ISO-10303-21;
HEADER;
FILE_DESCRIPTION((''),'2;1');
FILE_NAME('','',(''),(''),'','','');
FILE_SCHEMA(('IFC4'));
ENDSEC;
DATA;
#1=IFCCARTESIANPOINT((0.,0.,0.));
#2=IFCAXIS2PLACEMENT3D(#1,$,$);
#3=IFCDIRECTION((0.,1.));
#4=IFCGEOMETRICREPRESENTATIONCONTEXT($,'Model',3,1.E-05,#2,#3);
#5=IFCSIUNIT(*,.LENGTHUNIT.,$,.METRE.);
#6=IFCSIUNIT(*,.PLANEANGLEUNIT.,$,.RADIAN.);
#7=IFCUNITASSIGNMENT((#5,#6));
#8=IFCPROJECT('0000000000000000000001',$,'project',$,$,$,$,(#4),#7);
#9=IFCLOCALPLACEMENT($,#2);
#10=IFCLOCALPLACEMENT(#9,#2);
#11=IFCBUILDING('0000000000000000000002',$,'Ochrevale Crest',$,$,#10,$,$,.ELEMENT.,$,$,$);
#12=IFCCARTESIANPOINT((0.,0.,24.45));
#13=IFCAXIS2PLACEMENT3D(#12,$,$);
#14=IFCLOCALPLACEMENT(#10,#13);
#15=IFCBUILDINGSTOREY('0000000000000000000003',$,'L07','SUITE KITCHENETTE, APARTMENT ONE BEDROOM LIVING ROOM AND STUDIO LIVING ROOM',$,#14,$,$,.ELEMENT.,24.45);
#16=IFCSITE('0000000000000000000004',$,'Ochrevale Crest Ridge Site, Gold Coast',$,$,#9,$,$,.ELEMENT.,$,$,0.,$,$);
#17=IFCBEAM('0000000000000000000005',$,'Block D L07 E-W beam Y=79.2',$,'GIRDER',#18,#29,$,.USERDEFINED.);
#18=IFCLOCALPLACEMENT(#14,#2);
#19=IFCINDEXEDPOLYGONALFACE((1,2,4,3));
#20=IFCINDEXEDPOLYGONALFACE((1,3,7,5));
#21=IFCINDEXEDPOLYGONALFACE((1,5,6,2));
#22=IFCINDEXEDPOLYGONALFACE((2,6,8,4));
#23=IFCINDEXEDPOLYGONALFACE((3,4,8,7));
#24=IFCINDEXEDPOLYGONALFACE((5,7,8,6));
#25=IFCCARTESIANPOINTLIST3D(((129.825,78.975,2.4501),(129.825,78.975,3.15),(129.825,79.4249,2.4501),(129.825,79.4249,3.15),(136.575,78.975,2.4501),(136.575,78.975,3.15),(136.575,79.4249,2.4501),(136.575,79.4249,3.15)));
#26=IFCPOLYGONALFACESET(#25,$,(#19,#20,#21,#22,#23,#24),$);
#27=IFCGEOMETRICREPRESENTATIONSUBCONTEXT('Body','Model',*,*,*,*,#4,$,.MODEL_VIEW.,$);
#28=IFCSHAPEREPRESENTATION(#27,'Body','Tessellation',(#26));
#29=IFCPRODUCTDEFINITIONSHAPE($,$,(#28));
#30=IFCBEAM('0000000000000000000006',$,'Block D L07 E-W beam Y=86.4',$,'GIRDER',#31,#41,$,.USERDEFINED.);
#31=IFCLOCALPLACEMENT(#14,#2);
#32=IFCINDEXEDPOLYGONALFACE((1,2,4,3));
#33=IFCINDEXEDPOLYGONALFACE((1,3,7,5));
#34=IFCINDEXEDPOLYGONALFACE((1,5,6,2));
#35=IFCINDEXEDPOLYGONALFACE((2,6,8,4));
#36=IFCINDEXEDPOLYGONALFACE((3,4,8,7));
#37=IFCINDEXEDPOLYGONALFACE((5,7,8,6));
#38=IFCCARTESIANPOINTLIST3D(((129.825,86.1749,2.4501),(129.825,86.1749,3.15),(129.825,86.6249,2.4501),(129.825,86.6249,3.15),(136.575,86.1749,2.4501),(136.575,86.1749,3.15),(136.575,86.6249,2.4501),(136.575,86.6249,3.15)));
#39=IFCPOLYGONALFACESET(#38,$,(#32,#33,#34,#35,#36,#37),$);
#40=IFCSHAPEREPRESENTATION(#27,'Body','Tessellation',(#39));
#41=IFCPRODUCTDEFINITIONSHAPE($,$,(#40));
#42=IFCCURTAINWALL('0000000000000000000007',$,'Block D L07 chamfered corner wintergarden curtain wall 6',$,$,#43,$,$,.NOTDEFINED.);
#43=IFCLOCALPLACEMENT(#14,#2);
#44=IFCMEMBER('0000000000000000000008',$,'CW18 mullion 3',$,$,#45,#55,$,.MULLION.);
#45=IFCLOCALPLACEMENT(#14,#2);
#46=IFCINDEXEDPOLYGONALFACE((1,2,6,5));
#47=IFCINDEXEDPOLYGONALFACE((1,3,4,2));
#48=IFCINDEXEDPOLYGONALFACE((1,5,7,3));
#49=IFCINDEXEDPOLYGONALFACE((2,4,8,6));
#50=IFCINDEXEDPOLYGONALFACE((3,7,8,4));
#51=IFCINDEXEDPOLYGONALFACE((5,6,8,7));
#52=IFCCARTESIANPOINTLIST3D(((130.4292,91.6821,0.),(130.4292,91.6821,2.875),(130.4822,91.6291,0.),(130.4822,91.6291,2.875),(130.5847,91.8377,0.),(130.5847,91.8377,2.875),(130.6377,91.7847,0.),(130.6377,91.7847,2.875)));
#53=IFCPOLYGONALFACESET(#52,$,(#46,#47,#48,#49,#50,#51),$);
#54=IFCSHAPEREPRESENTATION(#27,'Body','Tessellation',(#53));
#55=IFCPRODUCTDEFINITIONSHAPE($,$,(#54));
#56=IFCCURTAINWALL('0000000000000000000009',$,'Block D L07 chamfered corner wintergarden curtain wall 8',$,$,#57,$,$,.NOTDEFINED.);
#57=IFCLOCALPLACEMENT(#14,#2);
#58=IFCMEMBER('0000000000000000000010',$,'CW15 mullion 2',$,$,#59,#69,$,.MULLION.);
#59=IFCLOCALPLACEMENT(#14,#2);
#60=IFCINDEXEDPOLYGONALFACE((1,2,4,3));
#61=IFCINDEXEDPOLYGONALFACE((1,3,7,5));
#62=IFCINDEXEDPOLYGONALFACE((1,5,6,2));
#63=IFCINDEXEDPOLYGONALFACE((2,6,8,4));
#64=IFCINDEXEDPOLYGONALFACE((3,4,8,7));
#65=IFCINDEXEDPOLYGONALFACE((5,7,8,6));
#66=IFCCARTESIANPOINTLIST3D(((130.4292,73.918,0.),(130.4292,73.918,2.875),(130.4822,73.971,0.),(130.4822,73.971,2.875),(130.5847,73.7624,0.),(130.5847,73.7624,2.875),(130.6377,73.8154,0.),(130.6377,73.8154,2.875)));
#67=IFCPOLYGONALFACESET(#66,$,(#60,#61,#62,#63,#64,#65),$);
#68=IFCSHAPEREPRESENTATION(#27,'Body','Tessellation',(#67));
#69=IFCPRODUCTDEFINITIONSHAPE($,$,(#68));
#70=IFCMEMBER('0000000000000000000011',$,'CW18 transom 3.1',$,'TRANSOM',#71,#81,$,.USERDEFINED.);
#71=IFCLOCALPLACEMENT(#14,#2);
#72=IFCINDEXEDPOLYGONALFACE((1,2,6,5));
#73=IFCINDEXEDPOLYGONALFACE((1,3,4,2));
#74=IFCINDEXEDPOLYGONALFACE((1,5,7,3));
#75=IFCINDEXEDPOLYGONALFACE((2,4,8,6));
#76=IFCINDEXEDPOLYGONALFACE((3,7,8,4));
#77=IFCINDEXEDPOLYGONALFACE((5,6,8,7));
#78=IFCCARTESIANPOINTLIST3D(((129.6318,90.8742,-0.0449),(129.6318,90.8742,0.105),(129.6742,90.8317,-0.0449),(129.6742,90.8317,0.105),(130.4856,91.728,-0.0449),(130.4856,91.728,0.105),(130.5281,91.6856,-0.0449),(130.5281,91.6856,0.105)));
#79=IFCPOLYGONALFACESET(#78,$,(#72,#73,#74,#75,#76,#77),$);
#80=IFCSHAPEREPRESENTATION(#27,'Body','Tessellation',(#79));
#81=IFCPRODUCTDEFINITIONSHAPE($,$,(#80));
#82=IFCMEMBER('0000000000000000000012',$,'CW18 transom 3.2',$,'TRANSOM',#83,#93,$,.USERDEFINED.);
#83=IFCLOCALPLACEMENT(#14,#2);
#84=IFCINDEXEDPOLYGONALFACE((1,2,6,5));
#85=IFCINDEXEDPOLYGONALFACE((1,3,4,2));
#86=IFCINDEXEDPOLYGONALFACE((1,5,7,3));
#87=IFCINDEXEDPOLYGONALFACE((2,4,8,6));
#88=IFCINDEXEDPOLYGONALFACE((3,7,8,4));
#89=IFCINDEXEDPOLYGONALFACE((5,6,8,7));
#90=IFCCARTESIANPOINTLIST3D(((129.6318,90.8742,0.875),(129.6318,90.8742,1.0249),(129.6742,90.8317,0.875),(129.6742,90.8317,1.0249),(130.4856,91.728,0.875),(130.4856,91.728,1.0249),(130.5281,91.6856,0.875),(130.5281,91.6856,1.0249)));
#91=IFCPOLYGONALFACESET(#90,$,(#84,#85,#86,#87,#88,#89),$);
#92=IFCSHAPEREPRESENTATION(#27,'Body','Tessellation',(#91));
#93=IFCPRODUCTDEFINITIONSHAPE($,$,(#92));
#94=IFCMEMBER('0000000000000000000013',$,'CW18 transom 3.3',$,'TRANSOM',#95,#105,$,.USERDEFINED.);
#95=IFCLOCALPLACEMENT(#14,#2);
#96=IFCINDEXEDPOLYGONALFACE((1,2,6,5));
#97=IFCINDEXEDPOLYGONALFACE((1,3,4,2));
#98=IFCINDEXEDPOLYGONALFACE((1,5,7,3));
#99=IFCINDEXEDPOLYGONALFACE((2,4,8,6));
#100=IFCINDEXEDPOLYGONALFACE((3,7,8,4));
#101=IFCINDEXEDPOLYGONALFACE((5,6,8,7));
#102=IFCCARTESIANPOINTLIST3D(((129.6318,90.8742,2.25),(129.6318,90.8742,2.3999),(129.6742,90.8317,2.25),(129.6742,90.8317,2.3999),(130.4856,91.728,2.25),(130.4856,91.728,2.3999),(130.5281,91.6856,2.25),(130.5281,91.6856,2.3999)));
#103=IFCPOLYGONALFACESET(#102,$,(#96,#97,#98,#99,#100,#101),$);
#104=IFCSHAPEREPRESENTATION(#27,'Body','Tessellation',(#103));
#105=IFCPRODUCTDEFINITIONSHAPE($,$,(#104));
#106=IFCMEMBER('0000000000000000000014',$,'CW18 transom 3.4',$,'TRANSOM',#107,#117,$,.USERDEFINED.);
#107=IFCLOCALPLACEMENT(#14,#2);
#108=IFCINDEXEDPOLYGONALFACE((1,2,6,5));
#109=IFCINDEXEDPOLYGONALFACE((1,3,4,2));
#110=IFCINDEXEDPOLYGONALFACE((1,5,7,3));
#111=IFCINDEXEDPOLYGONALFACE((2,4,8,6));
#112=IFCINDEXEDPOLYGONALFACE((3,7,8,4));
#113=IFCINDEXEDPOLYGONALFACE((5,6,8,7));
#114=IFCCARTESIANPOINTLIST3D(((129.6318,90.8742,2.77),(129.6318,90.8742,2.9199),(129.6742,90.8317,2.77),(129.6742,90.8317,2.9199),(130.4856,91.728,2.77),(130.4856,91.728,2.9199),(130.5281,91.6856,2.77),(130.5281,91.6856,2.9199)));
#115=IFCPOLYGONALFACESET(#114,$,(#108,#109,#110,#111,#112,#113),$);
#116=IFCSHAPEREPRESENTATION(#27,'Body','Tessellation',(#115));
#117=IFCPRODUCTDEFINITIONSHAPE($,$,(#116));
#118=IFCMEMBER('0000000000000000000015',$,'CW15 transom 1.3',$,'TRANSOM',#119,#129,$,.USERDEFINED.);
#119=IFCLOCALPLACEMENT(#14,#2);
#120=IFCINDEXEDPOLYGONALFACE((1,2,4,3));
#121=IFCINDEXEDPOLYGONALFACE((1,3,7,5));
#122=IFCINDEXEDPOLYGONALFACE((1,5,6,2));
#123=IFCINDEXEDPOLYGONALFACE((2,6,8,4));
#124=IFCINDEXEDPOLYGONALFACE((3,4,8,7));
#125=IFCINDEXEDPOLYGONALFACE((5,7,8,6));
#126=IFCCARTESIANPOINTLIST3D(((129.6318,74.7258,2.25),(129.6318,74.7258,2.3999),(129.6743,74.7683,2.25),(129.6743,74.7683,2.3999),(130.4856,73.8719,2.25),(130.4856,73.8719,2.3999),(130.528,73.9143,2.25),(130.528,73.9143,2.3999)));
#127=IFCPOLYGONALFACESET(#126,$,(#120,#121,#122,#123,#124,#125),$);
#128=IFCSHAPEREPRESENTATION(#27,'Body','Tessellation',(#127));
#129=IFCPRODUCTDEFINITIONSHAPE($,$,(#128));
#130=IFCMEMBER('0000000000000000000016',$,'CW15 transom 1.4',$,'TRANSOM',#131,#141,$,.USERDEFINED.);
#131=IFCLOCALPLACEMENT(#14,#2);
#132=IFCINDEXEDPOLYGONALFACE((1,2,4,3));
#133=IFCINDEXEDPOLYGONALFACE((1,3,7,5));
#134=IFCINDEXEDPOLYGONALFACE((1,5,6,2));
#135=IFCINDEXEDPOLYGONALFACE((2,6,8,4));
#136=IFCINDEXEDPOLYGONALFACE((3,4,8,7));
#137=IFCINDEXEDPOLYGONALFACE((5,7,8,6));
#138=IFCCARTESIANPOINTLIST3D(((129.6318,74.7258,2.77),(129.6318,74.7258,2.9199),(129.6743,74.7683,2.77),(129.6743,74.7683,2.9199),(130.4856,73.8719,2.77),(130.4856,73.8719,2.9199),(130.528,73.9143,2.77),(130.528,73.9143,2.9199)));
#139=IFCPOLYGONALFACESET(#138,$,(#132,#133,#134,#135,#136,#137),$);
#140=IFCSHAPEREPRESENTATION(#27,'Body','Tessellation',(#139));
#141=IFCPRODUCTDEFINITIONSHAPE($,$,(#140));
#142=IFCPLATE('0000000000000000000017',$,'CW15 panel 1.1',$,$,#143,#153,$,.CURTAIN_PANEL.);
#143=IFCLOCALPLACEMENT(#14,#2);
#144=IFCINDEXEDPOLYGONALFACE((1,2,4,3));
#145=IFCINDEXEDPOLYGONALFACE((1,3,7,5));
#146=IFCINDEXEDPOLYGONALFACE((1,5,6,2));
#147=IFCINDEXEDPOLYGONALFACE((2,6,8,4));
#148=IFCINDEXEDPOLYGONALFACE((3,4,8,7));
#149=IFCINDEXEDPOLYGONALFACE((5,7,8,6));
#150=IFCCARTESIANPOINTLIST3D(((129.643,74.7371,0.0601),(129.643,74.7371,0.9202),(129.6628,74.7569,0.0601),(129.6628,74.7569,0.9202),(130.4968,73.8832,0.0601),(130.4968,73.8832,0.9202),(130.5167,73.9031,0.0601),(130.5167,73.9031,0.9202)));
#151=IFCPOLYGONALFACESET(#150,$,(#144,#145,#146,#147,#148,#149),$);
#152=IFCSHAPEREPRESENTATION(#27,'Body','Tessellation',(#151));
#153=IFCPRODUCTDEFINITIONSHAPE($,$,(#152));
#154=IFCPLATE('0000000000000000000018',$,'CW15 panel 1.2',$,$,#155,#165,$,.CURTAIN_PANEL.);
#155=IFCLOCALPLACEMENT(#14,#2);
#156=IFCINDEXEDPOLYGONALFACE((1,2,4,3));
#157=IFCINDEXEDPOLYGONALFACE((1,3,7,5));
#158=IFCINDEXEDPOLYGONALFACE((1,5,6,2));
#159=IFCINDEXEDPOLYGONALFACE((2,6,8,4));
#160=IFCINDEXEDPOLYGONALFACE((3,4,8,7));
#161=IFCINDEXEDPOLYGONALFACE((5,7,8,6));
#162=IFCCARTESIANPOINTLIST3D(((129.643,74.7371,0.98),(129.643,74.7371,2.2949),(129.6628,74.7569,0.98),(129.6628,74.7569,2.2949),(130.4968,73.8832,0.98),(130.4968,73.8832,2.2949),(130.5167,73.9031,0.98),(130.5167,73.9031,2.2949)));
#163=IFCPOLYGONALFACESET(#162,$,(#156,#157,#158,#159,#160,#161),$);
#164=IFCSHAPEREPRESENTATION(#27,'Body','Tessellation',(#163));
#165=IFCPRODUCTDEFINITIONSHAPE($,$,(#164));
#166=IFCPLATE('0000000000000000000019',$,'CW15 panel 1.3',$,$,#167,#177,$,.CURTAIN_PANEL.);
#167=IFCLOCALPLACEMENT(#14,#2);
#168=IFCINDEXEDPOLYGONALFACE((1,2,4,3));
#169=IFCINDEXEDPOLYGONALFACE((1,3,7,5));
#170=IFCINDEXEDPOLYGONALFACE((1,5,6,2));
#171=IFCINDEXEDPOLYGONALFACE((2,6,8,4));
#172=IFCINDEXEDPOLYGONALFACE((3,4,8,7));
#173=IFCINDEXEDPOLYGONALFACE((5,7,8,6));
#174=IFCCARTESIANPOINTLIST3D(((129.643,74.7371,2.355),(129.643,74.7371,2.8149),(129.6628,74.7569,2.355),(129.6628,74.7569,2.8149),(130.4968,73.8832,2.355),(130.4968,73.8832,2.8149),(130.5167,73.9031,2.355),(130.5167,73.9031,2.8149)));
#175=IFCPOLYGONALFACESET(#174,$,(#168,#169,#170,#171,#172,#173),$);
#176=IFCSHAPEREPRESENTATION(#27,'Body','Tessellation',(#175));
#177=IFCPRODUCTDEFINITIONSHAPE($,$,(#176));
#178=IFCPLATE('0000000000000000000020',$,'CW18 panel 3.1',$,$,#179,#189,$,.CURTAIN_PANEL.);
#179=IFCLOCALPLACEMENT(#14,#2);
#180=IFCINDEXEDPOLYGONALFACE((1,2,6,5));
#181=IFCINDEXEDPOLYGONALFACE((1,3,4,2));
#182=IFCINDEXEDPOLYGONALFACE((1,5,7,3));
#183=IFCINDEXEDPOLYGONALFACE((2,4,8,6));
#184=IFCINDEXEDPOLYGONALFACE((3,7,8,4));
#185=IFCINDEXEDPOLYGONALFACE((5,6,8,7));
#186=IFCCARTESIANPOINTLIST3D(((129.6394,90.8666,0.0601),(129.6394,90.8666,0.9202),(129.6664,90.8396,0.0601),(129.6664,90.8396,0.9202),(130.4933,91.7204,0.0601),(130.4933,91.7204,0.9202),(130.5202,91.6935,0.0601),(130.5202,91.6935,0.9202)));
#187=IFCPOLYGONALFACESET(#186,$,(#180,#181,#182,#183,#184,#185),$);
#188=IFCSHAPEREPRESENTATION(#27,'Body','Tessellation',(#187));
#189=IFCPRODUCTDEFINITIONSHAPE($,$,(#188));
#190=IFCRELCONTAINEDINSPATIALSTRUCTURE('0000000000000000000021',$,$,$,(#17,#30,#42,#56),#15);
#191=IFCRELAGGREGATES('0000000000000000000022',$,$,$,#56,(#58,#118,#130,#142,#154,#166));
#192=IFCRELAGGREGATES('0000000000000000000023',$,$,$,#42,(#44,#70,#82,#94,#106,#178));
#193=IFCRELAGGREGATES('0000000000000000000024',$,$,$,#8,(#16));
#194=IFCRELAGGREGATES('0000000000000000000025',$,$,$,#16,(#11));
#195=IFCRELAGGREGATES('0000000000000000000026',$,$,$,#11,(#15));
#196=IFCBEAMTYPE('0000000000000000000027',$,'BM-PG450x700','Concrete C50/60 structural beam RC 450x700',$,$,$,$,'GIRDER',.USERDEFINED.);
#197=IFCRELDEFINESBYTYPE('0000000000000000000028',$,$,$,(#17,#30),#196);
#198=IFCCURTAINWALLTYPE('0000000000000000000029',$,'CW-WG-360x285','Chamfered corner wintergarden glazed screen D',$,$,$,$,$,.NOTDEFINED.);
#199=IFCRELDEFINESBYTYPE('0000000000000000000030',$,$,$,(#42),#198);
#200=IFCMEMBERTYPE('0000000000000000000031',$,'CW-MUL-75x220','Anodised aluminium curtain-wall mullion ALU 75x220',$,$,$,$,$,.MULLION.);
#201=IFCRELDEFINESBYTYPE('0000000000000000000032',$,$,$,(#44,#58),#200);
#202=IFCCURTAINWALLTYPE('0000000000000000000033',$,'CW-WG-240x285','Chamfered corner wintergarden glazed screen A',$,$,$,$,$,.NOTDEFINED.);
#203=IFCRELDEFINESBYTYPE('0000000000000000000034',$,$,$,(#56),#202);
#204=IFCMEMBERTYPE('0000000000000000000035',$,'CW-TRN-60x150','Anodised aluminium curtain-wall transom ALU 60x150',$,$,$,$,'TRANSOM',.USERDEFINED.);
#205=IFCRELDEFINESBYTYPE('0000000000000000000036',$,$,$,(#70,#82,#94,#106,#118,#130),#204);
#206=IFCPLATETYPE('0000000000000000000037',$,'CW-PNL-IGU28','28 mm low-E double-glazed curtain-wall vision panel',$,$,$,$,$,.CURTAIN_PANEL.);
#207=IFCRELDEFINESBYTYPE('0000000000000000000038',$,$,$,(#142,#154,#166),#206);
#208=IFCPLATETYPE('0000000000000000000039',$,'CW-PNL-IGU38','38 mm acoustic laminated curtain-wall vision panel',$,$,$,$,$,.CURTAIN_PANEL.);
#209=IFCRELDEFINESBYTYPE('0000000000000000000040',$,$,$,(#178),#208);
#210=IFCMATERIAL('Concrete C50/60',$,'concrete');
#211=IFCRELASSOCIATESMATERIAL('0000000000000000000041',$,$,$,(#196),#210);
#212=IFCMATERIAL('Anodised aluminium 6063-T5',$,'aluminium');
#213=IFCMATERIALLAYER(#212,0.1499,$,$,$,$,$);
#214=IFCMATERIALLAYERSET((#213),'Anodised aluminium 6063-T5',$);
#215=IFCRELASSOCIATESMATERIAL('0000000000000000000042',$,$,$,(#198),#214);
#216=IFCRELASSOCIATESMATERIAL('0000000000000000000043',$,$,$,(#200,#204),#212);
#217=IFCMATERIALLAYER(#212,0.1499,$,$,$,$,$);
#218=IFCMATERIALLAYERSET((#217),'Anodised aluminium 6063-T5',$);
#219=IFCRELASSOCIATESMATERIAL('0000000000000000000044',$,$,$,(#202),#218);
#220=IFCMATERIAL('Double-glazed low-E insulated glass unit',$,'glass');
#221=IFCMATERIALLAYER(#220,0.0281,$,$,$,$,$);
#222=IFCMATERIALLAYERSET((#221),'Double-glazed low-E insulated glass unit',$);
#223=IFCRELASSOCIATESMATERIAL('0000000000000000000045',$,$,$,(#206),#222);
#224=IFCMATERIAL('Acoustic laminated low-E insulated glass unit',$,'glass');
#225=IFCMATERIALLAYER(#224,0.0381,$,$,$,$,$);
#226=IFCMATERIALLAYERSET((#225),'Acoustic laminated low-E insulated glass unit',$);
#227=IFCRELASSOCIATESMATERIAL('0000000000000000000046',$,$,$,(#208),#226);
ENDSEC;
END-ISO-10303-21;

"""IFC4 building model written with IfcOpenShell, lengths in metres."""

from ifc_helpers import new_model, si_unit, direction, frame, origin, origin_2d, place, context, subcontext, project, spatial, rectangle, extrude, material, layer, layer_set, material_profile, profile_set, type_object, element, aggregate, save


model = new_model("IFC4")

# Units and contexts
model_context = context("Model", 3, precision=1e-05, world=origin(), true_north=direction((0.0, 1.0)))
body_context = subcontext(model_context, "Body", "Model", "MODEL_VIEW")
ifc_project = project(units=[si_unit("LENGTHUNIT", "METRE"), si_unit("PLANEANGLEUNIT", "RADIAN")], contexts=[model_context])

# Site, building, storey
site_placement = place(None, origin())
site = spatial("IfcSite", under=ifc_project, at=site_placement, Name="Ochrevale Crest Ridge Site, Gold Coast", CompositionType="ELEMENT", RefElevation=0.0)
building_placement = place(site_placement, origin())
building = spatial("IfcBuilding", under=site, at=building_placement, Name="Ochrevale Crest", CompositionType="ELEMENT")
storey_placement = place(building_placement, frame((0.0, 0.0, 24.45)))
storey = spatial("IfcBuildingStorey", under=building, at=storey_placement, Name="L07", Description="SUITE KITCHENETTE, APARTMENT ONE BEDROOM LIVING ROOM AND STUDIO LIVING ROOM", CompositionType="ELEMENT", Elevation=24.45)

# Beams
ifc_material_1 = material(Name="Concrete C50/60", Category="concrete")
ifc_material_profile_1 = material_profile(ifc_material_1, rectangle(XDim=0.45, YDim=0.7, at=origin_2d()), Name="RC 450x700")
ifc_profile_set_1 = profile_set([ifc_material_profile_1], Name="Concrete C50/60")
beam_type = type_object("IfcBeamType", Name="BM-PG450x700", Description="Concrete C50/60 structural beam RC 450x700", ElementType="GIRDER", PredefinedType="USERDEFINED", material=ifc_profile_set_1)
for number, where, z_axis, x_axis, name in (
    (1, (129.825, 79.2, 2.8), (1.0, 0.0, 0.0), (0.0, 1.0, 0.0), "Block D L07 E-W beam Y=79.2"),
    (2, (129.825, 86.3999, 2.8), (1.0, 0.0, 0.0), (0.0, 1.0, 0.0), "Block D L07 E-W beam Y=86.4"),
):
    element("IfcBeam", number, at=place(storey_placement, frame(where, z_axis=z_axis, x_axis=x_axis)), inside=storey, type_object=beam_type, Name=name, ObjectType="GIRDER", PredefinedType="USERDEFINED", context=body_context, shape_type="SweptSolid", body=[
        extrude(rectangle(XDim=0.45, YDim=0.7, at=origin_2d()), origin(), (0.0, 0.0, 1.0), 6.75),
    ])

# Curtain walls, members
ifc_material_2 = material(Name="Anodised aluminium 6063-T5", Category="aluminium")
ifc_layer_1 = layer(ifc_material_2, 0.1499)
ifc_layer_set_1 = layer_set([ifc_layer_1], Name="Anodised aluminium 6063-T5")
curtain_wall_type_1 = type_object("IfcCurtainWallType", Name="CW-WG-360x285", Description="Chamfered corner wintergarden glazed screen D", PredefinedType="NOTDEFINED", material=ifc_layer_set_1)
curtain_wall_1_placement = place(storey_placement, origin())
curtain_wall_1 = element("IfcCurtainWall", 3, at=curtain_wall_1_placement, inside=storey, type_object=curtain_wall_type_1, Name="Block D L07 chamfered corner wintergarden curtain wall 6", PredefinedType="NOTDEFINED")
ifc_material_profile_2 = material_profile(ifc_material_2, rectangle(XDim=0.075, YDim=0.22, at=origin_2d()), Name="ALU 75x220")
ifc_profile_set_2 = profile_set([ifc_material_profile_2], Name="Anodised aluminium 6063-T5")
member_type_1 = type_object("IfcMemberType", Name="CW-MUL-75x220", Description="Anodised aluminium curtain-wall mullion ALU 75x220", PredefinedType="MULLION", material=ifc_profile_set_2)
member_1_placement = place(storey_placement, frame((130.5334, 91.7334, 0.0), z_axis=(0.0, 0.0, 1.0), x_axis=(0.707107, -0.707107, 0.0)))
member_1 = element("IfcMember", 4, at=member_1_placement, type_object=member_type_1, Name="CW18 mullion 3", PredefinedType="MULLION", context=body_context, shape_type="SweptSolid", body=[
    extrude(rectangle(XDim=0.075, YDim=0.22, at=origin_2d()), origin(), (0.0, 0.0, 1.0), 2.875),
])
ifc_layer_2 = layer(ifc_material_2, 0.1499)
ifc_layer_set_2 = layer_set([ifc_layer_2], Name="Anodised aluminium 6063-T5")
curtain_wall_type_2 = type_object("IfcCurtainWallType", Name="CW-WG-240x285", Description="Chamfered corner wintergarden glazed screen A", PredefinedType="NOTDEFINED", material=ifc_layer_set_2)
curtain_wall_2_placement = place(storey_placement, origin())
curtain_wall_2 = element("IfcCurtainWall", 5, at=curtain_wall_2_placement, inside=storey, type_object=curtain_wall_type_2, Name="Block D L07 chamfered corner wintergarden curtain wall 8", PredefinedType="NOTDEFINED")
member_2_placement = place(storey_placement, frame((130.5334, 73.8667, 0.0), z_axis=(0.0, 0.0, 1.0), x_axis=(0.707107, 0.707107, 0.0)))
member_2 = element("IfcMember", 6, at=member_2_placement, type_object=member_type_1, Name="CW15 mullion 2", PredefinedType="MULLION", context=body_context, shape_type="SweptSolid", body=[
    extrude(rectangle(XDim=0.075, YDim=0.22, at=origin_2d()), origin(), (0.0, 0.0, 1.0), 2.875),
])

# Members
ifc_material_profile_3 = material_profile(ifc_material_2, rectangle(XDim=0.0601, YDim=0.1499, at=origin_2d()), Name="ALU 60x150")
ifc_profile_set_3 = profile_set([ifc_material_profile_3], Name="Anodised aluminium 6063-T5")
member_type_2 = type_object("IfcMemberType", Name="CW-TRN-60x150", Description="Anodised aluminium curtain-wall transom ALU 60x150", ElementType="TRANSOM", PredefinedType="USERDEFINED", material=ifc_profile_set_3)
member_3_placement = place(storey_placement, frame((130.5068, 91.7068, 0.03), z_axis=(-0.707107, -0.707107, 0.0), x_axis=(0.707107, -0.707107, 0.0)))
member_3 = element("IfcMember", 7, at=member_3_placement, type_object=member_type_2, Name="CW18 transom 3.1", ObjectType="TRANSOM", PredefinedType="USERDEFINED", context=body_context, shape_type="SweptSolid", body=[
    extrude(rectangle(XDim=0.0601, YDim=0.1499, at=origin_2d()), origin(), (0.0, 0.0, 1.0), 1.2075),
])
member_4_placement = place(storey_placement, frame((130.5068, 91.7068, 0.95), z_axis=(-0.707107, -0.707107, 0.0), x_axis=(0.707107, -0.707107, 0.0)))
member_4 = element("IfcMember", 8, at=member_4_placement, type_object=member_type_2, Name="CW18 transom 3.2", ObjectType="TRANSOM", PredefinedType="USERDEFINED", context=body_context, shape_type="SweptSolid", body=[
    extrude(rectangle(XDim=0.0601, YDim=0.1499, at=origin_2d()), origin(), (0.0, 0.0, 1.0), 1.2075),
])
member_5_placement = place(storey_placement, frame((130.5068, 91.7068, 2.325), z_axis=(-0.707107, -0.707107, 0.0), x_axis=(0.707107, -0.707107, 0.0)))
member_5 = element("IfcMember", 9, at=member_5_placement, type_object=member_type_2, Name="CW18 transom 3.3", ObjectType="TRANSOM", PredefinedType="USERDEFINED", context=body_context, shape_type="SweptSolid", body=[
    extrude(rectangle(XDim=0.0601, YDim=0.1499, at=origin_2d()), origin(), (0.0, 0.0, 1.0), 1.2075),
])
member_6_placement = place(storey_placement, frame((130.5068, 91.7068, 2.845), z_axis=(-0.707107, -0.707107, 0.0), x_axis=(0.707107, -0.707107, 0.0)))
member_6 = element("IfcMember", 10, at=member_6_placement, type_object=member_type_2, Name="CW18 transom 3.4", ObjectType="TRANSOM", PredefinedType="USERDEFINED", context=body_context, shape_type="SweptSolid", body=[
    extrude(rectangle(XDim=0.0601, YDim=0.1499, at=origin_2d()), origin(), (0.0, 0.0, 1.0), 1.2075),
])
member_7_placement = place(storey_placement, frame((129.6531, 74.7471, 2.325), z_axis=(0.707006, -0.707208, 0.0), x_axis=(0.707208, 0.707006, 0.0)))
member_7 = element("IfcMember", 11, at=member_7_placement, type_object=member_type_2, Name="CW15 transom 1.3", ObjectType="TRANSOM", PredefinedType="USERDEFINED", context=body_context, shape_type="SweptSolid", body=[
    extrude(rectangle(XDim=0.0601, YDim=0.1499, at=origin_2d()), origin(), (0.0, 0.0, 1.0), 1.2075),
])
member_8_placement = place(storey_placement, frame((129.6531, 74.7471, 2.845), z_axis=(0.707006, -0.707208, 0.0), x_axis=(0.707208, 0.707006, 0.0)))
member_8 = element("IfcMember", 12, at=member_8_placement, type_object=member_type_2, Name="CW15 transom 1.4", ObjectType="TRANSOM", PredefinedType="USERDEFINED", context=body_context, shape_type="SweptSolid", body=[
    extrude(rectangle(XDim=0.0601, YDim=0.1499, at=origin_2d()), origin(), (0.0, 0.0, 1.0), 1.2075),
])

# Plates
ifc_material_3 = material(Name="Double-glazed low-E insulated glass unit", Category="glass")
ifc_layer_3 = layer(ifc_material_3, 0.0281)
ifc_layer_set_3 = layer_set([ifc_layer_3], Name="Double-glazed low-E insulated glass unit")
plate_type_1 = type_object("IfcPlateType", Name="CW-PNL-IGU28", Description="28 mm low-E double-glazed curtain-wall vision panel", PredefinedType="CURTAIN_PANEL", material=ifc_layer_set_3)
plate_1_placement = place(storey_placement, frame((130.0798, 74.3201, 0.0601), z_axis=(0.0, 0.0, 1.0), x_axis=(0.707107, -0.707107, 0.0)))
plate_1 = element("IfcPlate", 13, at=plate_1_placement, type_object=plate_type_1, Name="CW15 panel 1.1", PredefinedType="CURTAIN_PANEL", context=body_context, shape_type="SweptSolid", body=[
    extrude(rectangle(XDim=1.2075, YDim=0.0281, at=origin_2d()), origin(), (0.0, 0.0, 1.0), 0.8601),
])
plate_2_placement = place(storey_placement, frame((130.0798, 74.3201, 0.98), z_axis=(0.0, 0.0, 1.0), x_axis=(0.707107, -0.707107, 0.0)))
plate_2 = element("IfcPlate", 14, at=plate_2_placement, type_object=plate_type_1, Name="CW15 panel 1.2", PredefinedType="CURTAIN_PANEL", context=body_context, shape_type="SweptSolid", body=[
    extrude(rectangle(XDim=1.2075, YDim=0.0281, at=origin_2d()), origin(), (0.0, 0.0, 1.0), 1.3149),
])
plate_3_placement = place(storey_placement, frame((130.0798, 74.3201, 2.355), z_axis=(0.0, 0.0, 1.0), x_axis=(0.707107, -0.707107, 0.0)))
plate_3 = element("IfcPlate", 15, at=plate_3_placement, type_object=plate_type_1, Name="CW15 panel 1.3", PredefinedType="CURTAIN_PANEL", context=body_context, shape_type="SweptSolid", body=[
    extrude(rectangle(XDim=1.2075, YDim=0.0281, at=origin_2d()), origin(), (0.0, 0.0, 1.0), 0.46),
])
aggregate(curtain_wall_2, [member_2, member_7, member_8, plate_1, plate_2, plate_3])
ifc_material_4 = material(Name="Acoustic laminated low-E insulated glass unit", Category="glass")
ifc_layer_4 = layer(ifc_material_4, 0.0381)
ifc_layer_set_4 = layer_set([ifc_layer_4], Name="Acoustic laminated low-E insulated glass unit")
plate_type_2 = type_object("IfcPlateType", Name="CW-PNL-IGU38", Description="38 mm acoustic laminated curtain-wall vision panel", PredefinedType="CURTAIN_PANEL", material=ifc_layer_set_4)
plate_4_placement = place(storey_placement, frame((130.0798, 91.28, 0.0601), z_axis=(0.0, 0.0, 1.0), x_axis=(-0.707107, -0.707107, 0.0)))
plate_4 = element("IfcPlate", 16, at=plate_4_placement, type_object=plate_type_2, Name="CW18 panel 3.1", PredefinedType="CURTAIN_PANEL", context=body_context, shape_type="SweptSolid", body=[
    extrude(rectangle(XDim=1.2075, YDim=0.0381, at=origin_2d()), origin(), (0.0, 0.0, 1.0), 0.8601),
])
aggregate(curtain_wall_1, [member_1, member_3, member_4, member_5, member_6, plate_4])

save(model, "model.ifc")
